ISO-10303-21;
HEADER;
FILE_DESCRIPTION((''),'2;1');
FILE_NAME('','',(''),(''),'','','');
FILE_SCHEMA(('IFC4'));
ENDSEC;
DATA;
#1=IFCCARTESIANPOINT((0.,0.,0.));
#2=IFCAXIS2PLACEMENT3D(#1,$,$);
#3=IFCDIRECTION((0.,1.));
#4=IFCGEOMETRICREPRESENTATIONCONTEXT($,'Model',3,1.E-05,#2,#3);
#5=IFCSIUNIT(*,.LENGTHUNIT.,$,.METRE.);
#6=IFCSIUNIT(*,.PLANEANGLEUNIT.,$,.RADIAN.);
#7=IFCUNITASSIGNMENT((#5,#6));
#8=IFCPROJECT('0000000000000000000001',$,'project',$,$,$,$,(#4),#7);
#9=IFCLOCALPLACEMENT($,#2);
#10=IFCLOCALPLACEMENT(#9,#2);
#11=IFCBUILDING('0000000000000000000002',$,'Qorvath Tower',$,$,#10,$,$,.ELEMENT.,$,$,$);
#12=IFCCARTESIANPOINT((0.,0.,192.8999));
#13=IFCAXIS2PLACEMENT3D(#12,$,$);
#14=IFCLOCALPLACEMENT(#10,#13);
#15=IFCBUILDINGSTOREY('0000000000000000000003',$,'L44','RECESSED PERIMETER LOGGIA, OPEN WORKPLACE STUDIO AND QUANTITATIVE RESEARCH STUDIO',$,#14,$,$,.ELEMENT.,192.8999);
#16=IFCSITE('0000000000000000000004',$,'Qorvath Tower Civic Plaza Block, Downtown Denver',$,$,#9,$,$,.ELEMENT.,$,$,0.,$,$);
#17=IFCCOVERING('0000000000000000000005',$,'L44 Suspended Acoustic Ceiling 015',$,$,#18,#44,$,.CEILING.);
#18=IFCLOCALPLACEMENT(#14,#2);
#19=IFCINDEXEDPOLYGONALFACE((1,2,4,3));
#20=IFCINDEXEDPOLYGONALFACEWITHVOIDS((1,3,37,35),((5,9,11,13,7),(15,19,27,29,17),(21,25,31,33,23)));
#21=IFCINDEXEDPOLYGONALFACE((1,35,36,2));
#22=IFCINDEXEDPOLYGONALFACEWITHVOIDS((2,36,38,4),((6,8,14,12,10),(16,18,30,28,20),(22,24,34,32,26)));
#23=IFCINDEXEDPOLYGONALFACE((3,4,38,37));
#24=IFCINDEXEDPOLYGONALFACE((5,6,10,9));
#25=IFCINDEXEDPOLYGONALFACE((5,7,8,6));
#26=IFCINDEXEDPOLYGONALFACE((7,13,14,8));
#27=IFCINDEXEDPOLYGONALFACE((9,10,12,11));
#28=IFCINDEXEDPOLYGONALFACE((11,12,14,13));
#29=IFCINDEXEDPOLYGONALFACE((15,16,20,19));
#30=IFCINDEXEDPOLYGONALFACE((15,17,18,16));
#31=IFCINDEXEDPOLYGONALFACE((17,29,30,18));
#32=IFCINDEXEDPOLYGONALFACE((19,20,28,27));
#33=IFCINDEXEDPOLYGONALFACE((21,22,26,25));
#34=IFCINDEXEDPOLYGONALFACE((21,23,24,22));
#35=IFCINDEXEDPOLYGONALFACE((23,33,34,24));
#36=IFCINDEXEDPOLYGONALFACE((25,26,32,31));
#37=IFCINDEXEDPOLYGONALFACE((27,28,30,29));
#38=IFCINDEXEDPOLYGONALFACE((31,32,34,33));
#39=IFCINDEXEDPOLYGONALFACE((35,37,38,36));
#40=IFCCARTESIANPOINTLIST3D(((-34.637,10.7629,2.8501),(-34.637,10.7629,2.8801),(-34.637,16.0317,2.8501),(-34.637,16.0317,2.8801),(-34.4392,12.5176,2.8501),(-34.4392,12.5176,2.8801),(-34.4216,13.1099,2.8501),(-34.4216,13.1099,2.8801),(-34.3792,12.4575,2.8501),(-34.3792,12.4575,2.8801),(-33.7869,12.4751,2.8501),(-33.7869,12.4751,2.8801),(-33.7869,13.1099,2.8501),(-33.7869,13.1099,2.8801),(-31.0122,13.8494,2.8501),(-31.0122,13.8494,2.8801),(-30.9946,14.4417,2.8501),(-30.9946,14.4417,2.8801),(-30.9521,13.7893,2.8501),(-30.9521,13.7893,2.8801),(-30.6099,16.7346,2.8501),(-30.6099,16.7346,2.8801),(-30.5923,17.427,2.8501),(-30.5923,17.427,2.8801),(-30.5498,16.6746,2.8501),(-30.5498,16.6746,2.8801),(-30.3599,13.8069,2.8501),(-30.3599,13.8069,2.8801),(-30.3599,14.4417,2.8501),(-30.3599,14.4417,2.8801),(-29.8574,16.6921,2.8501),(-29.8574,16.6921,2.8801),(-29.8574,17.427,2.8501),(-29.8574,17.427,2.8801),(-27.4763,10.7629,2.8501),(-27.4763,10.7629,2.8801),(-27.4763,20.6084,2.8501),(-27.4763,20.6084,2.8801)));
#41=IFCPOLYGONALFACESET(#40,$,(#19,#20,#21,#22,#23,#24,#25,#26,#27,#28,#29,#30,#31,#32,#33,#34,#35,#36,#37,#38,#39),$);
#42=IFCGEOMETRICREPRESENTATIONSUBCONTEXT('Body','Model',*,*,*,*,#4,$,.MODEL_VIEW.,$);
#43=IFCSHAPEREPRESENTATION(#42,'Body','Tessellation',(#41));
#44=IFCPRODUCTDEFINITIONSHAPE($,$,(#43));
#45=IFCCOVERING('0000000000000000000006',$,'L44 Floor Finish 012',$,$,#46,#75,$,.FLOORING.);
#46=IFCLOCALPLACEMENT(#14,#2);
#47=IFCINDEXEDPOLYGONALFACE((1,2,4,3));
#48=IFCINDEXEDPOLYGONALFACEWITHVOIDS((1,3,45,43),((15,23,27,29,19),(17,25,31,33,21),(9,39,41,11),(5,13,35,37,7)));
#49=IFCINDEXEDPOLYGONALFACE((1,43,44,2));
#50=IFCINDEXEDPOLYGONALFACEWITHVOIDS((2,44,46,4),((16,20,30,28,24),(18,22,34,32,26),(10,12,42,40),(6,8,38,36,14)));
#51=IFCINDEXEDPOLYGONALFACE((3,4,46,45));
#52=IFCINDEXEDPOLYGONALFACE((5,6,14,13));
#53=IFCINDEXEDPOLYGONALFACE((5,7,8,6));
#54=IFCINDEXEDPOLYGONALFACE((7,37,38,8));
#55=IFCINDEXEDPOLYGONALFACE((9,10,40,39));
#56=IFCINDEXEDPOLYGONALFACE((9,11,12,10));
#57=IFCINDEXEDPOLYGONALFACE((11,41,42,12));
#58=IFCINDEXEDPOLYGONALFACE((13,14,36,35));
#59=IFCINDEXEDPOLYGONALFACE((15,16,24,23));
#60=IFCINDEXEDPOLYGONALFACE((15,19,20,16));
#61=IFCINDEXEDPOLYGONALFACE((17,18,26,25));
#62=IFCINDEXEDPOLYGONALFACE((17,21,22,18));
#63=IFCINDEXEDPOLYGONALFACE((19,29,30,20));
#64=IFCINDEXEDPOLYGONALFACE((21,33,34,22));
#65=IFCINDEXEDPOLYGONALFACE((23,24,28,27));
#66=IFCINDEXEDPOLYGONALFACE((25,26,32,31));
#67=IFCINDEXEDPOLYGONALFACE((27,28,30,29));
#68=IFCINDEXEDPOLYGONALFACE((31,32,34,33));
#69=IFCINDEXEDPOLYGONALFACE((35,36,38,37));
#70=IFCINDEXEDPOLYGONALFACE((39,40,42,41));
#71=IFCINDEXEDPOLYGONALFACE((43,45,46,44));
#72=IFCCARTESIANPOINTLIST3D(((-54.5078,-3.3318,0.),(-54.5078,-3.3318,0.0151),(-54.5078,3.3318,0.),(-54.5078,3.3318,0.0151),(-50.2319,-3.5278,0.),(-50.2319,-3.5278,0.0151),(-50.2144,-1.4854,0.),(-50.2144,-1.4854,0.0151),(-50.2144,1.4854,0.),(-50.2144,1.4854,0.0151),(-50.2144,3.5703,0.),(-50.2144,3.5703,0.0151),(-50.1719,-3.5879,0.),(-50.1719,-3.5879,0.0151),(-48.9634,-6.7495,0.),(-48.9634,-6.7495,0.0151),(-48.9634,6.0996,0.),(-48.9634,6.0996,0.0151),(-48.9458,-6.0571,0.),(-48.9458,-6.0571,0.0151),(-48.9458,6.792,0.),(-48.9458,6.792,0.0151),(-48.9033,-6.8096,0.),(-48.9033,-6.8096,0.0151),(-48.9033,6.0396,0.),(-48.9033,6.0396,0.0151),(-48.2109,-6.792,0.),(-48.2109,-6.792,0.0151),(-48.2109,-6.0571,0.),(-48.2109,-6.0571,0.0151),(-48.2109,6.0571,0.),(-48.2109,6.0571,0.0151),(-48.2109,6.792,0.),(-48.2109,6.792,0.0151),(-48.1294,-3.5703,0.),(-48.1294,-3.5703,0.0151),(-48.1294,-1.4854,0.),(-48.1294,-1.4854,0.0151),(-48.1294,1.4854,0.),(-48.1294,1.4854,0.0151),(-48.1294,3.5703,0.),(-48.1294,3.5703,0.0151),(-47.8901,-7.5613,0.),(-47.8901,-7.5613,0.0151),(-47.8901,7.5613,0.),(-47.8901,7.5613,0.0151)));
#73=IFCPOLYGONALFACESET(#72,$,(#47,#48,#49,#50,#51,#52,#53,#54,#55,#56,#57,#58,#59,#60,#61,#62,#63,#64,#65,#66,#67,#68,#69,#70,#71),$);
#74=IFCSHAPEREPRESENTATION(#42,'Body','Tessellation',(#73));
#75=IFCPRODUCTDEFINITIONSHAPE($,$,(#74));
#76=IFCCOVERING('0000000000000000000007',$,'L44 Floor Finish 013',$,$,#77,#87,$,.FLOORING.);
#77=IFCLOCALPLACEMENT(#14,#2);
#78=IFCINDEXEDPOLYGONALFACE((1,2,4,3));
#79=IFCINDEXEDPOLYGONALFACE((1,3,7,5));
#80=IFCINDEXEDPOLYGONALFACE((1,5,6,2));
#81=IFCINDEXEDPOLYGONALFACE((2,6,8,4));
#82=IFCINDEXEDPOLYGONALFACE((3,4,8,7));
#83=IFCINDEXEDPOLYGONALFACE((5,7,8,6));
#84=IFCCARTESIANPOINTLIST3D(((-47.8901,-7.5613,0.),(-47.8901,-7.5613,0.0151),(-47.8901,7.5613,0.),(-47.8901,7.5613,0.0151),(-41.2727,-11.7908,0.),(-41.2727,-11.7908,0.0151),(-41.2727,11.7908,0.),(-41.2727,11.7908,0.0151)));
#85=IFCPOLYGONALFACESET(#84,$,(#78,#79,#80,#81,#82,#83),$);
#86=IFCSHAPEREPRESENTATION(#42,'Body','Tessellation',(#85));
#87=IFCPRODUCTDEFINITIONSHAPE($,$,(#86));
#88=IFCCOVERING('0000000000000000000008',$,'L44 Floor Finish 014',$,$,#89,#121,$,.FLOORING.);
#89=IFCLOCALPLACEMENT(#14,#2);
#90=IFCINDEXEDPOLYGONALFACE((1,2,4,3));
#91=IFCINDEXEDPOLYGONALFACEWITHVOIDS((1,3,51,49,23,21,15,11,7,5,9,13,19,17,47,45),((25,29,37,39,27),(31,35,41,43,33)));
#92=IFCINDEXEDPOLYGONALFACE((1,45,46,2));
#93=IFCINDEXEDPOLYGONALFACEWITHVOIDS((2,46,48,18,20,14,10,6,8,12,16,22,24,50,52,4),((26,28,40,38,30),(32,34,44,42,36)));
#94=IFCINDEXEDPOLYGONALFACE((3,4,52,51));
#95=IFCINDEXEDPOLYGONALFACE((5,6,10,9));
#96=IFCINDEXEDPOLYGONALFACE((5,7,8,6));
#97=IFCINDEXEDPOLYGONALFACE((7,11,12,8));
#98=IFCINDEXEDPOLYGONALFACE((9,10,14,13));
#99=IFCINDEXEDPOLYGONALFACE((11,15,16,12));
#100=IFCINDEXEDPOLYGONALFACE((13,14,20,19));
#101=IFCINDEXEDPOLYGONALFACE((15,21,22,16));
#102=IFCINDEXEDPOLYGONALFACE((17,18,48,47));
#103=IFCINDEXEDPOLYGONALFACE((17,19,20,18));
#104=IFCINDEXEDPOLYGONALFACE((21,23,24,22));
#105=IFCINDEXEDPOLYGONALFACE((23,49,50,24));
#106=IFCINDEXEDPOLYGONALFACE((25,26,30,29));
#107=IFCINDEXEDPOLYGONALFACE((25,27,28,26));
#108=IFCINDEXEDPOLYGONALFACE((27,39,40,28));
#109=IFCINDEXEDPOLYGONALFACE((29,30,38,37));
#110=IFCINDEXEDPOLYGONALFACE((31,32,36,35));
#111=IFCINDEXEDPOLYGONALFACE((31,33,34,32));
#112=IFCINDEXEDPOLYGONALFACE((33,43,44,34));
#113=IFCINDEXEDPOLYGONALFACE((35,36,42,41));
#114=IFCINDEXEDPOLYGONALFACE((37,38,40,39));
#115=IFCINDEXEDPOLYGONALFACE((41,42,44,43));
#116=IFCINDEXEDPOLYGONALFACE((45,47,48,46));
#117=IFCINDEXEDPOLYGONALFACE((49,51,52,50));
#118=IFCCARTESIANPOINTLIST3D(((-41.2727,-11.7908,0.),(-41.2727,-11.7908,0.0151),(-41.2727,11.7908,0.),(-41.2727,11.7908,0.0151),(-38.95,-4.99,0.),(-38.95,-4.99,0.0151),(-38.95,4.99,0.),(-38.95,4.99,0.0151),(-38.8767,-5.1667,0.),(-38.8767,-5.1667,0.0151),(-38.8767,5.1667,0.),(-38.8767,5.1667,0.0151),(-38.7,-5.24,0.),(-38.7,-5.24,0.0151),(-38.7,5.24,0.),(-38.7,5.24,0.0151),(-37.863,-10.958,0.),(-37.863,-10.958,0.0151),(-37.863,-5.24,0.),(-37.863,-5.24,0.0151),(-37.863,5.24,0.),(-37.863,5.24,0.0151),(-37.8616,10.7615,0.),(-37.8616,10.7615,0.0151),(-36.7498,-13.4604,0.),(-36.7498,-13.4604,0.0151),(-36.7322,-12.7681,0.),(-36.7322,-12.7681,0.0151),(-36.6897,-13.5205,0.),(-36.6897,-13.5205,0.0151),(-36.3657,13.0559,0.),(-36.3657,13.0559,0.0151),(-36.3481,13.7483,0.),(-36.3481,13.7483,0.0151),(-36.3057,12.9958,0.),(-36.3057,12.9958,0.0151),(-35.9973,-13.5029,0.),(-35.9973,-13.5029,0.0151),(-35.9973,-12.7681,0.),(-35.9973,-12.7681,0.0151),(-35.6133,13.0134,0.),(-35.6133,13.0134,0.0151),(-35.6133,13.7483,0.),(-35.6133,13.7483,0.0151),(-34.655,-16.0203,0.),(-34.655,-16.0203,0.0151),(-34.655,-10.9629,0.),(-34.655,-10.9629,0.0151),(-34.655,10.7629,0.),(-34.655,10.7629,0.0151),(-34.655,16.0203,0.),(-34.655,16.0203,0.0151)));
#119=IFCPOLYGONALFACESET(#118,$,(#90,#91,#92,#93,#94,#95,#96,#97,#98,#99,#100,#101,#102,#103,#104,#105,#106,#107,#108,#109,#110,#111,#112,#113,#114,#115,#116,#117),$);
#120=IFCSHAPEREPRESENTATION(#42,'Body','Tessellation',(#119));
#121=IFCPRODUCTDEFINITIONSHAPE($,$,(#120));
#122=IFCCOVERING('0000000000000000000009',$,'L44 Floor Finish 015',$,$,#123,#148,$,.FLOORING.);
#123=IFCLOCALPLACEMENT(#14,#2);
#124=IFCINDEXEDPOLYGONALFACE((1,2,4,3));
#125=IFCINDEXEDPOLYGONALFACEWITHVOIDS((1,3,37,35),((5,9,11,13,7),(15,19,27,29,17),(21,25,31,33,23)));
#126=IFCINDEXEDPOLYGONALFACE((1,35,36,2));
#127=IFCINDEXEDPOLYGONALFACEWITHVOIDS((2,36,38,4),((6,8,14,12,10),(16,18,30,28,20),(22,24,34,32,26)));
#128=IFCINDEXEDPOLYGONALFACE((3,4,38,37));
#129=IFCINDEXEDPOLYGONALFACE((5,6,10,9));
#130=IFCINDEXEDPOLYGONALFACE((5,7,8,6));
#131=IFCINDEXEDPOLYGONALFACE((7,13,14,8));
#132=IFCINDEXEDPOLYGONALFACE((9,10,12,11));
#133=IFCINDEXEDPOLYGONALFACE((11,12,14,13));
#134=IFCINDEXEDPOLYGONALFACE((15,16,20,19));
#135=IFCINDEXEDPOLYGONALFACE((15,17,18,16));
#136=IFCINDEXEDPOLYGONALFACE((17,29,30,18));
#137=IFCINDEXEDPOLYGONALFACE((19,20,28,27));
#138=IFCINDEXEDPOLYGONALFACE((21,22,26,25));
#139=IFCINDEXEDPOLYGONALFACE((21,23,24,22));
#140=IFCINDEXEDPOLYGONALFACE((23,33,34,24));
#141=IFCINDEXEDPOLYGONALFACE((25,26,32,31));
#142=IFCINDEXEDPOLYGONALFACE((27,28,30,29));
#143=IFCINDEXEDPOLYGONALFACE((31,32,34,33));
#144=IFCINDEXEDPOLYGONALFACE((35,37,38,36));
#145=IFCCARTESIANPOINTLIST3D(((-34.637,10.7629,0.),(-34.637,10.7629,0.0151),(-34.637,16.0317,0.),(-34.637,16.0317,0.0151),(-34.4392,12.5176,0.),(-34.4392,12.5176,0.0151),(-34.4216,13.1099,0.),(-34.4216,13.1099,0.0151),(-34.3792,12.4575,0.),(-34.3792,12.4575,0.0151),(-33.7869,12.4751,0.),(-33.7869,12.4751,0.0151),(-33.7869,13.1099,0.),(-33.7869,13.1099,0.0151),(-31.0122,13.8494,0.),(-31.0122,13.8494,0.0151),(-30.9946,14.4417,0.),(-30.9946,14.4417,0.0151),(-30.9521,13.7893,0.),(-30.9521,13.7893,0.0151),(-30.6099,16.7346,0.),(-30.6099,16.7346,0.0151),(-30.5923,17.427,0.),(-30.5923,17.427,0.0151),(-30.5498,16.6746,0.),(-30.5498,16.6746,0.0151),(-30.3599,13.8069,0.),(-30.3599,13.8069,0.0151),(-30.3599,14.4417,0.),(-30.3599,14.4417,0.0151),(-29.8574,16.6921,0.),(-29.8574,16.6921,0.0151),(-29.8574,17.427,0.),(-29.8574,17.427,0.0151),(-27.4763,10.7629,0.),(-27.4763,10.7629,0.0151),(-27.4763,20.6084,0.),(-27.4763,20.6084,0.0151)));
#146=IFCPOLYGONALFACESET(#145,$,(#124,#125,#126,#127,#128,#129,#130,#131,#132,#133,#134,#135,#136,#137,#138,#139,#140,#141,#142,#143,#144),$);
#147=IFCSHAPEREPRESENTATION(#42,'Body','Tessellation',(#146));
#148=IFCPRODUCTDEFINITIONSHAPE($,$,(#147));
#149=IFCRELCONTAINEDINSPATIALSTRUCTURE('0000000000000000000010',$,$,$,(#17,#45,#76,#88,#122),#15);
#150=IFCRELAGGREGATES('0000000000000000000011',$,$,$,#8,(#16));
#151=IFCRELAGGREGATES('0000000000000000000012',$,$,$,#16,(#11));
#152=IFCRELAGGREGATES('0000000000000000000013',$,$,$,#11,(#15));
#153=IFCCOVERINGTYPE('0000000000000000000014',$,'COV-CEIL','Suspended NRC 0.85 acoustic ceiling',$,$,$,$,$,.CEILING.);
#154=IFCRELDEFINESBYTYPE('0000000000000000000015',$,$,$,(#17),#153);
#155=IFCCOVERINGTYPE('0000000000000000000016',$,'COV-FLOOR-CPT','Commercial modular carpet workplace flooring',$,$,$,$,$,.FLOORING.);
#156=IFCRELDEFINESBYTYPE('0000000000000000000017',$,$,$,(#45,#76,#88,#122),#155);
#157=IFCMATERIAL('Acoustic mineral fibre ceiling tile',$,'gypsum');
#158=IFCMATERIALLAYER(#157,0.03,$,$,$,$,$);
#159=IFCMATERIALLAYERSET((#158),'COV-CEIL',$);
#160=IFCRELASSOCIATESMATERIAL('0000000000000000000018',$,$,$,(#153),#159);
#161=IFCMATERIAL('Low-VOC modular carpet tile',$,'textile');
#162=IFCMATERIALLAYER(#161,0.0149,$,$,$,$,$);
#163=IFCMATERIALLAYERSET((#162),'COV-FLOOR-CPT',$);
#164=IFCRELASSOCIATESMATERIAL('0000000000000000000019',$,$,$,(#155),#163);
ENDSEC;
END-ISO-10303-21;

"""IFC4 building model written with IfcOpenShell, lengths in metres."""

from ifc_helpers import new_model, si_unit, direction, frame, origin, place, context, subcontext, project, spatial, polyline, outline, extrude, material, layer, layer_set, type_object, element, save


model = new_model("IFC4")

# Units and contexts
model_context = context("Model", 3, precision=1e-05, world=origin(), true_north=direction((0.0, 1.0)))
body_context = subcontext(model_context, "Body", "Model", "MODEL_VIEW")
ifc_project = project(units=[si_unit("LENGTHUNIT", "METRE"), si_unit("PLANEANGLEUNIT", "RADIAN")], contexts=[model_context])

# Site, building, storey
site_placement = place(None, origin())
site = spatial("IfcSite", under=ifc_project, at=site_placement, Name="Qorvath Tower Civic Plaza Block, Downtown Denver", CompositionType="ELEMENT", RefElevation=0.0)
building_placement = place(site_placement, origin())
building = spatial("IfcBuilding", under=site, at=building_placement, Name="Qorvath Tower", CompositionType="ELEMENT")
storey_placement = place(building_placement, frame((0.0, 0.0, 192.8999)))
storey = spatial("IfcBuildingStorey", under=building, at=storey_placement, Name="L44", Description="RECESSED PERIMETER LOGGIA, OPEN WORKPLACE STUDIO AND QUANTITATIVE RESEARCH STUDIO", CompositionType="ELEMENT", Elevation=192.8999)

# Coverings
ifc_material_1 = material(Name="Acoustic mineral fibre ceiling tile", Category="gypsum")
ifc_layer_1 = layer(ifc_material_1, 0.03)
ifc_layer_set_1 = layer_set([ifc_layer_1], Name="COV-CEIL")
covering_type_1 = type_object("IfcCoveringType", Name="COV-CEIL", Description="Suspended NRC 0.85 acoustic ceiling", PredefinedType="CEILING", material=ifc_layer_set_1)
covering_1_placement = place(storey_placement, frame((0.0, 0.0, 2.8501)))
element("IfcCovering", 1, at=covering_1_placement, inside=storey, type_object=covering_type_1, Name="L44 Suspended Acoustic Ceiling 015", PredefinedType="CEILING", context=body_context, shape_type="SweptSolid", body=[
    extrude(outline(polyline([(-27.4763, 10.7629), (-27.4763, 20.6084), (-34.637, 16.0317), (-34.637, 10.7629), (-27.4763, 10.7629)]), holes=[polyline([(-30.6099, 16.7346), (-30.5923, 17.427), (-29.8574, 17.427), (-29.8574, 16.6921), (-30.5498, 16.6746), (-30.6099, 16.7346)]), polyline([(-31.0122, 13.8494), (-30.9946, 14.4417), (-30.3599, 14.4417), (-30.3599, 13.8069), (-30.9521, 13.7893), (-31.0122, 13.8494)]), polyline([(-34.4392, 12.5176), (-34.4216, 13.1099), (-33.7869, 13.1099), (-33.7869, 12.4751), (-34.3792, 12.4575), (-34.4392, 12.5176)])]), origin(), (0.0, 0.0, 1.0), 0.03),
])
ifc_material_2 = material(Name="Low-VOC modular carpet tile", Category="textile")
ifc_layer_2 = layer(ifc_material_2, 0.0149)
ifc_layer_set_2 = layer_set([ifc_layer_2], Name="COV-FLOOR-CPT")
covering_type_2 = type_object("IfcCoveringType", Name="COV-FLOOR-CPT", Description="Commercial modular carpet workplace flooring", PredefinedType="FLOORING", material=ifc_layer_set_2)
covering_2_placement = place(storey_placement, origin())
element("IfcCovering", 2, at=covering_2_placement, inside=storey, type_object=covering_type_2, Name="L44 Floor Finish 012", PredefinedType="FLOORING", context=body_context, shape_type="SweptSolid", body=[
    extrude(outline(polyline([(-47.8901, -7.5613), (-47.8901, 7.5613), (-54.5078, 3.3318), (-54.5078, -3.3318), (-47.8901, -7.5613)]), holes=[polyline([(-50.2319, -3.5278), (-50.2144, -1.4854), (-48.1294, -1.4854), (-48.1294, -3.5703), (-50.1719, -3.5879), (-50.2319, -3.5278)]), polyline([(-50.2144, 1.4854), (-50.2144, 3.5703), (-48.1294, 3.5703), (-48.1294, 1.4854), (-50.2144, 1.4854)]), polyline([(-48.9634, -6.7495), (-48.9458, -6.0571), (-48.2109, -6.0571), (-48.2109, -6.792), (-48.9033, -6.8096), (-48.9634, -6.7495)]), polyline([(-48.9634, 6.0996), (-48.9458, 6.792), (-48.2109, 6.792), (-48.2109, 6.0571), (-48.9033, 6.0396), (-48.9634, 6.0996)])]), origin(), (0.0, 0.0, 1.0), 0.0151),
])
covering_3_placement = place(storey_placement, origin())
element("IfcCovering", 3, at=covering_3_placement, inside=storey, type_object=covering_type_2, Name="L44 Floor Finish 013", PredefinedType="FLOORING", context=body_context, shape_type="SweptSolid", body=[
    extrude(outline(polyline([(-41.2727, -11.7908), (-41.2727, 11.7908), (-47.8901, 7.5613), (-47.8901, -7.5613), (-41.2727, -11.7908)])), origin(), (0.0, 0.0, 1.0), 0.0151),
])
covering_4_placement = place(storey_placement, origin())
element("IfcCovering", 4, at=covering_4_placement, inside=storey, type_object=covering_type_2, Name="L44 Floor Finish 014", PredefinedType="FLOORING", context=body_context, shape_type="SweptSolid", body=[
    extrude(outline(polyline([(-34.655, 10.7629), (-34.655, 16.0203), (-41.2727, 11.7908), (-41.2727, -11.7908), (-34.655, -16.0203), (-34.655, -10.9629), (-37.863, -10.958), (-37.863, -5.24), (-38.7, -5.24), (-38.8767, -5.1667), (-38.95, -4.99), (-38.95, 4.99), (-38.8767, 5.1667), (-38.7, 5.24), (-37.863, 5.24), (-37.8616, 10.7615), (-34.655, 10.7629)]), holes=[polyline([(-36.3657, 13.0559), (-36.3481, 13.7483), (-35.6133, 13.7483), (-35.6133, 13.0134), (-36.3057, 12.9958), (-36.3657, 13.0559)]), polyline([(-36.7498, -13.4604), (-36.7322, -12.7681), (-35.9973, -12.7681), (-35.9973, -13.5029), (-36.6897, -13.5205), (-36.7498, -13.4604)])]), origin(), (0.0, 0.0, 1.0), 0.0151),
])
covering_5_placement = place(storey_placement, origin())
element("IfcCovering", 5, at=covering_5_placement, inside=storey, type_object=covering_type_2, Name="L44 Floor Finish 015", PredefinedType="FLOORING", context=body_context, shape_type="SweptSolid", body=[
    extrude(outline(polyline([(-27.4763, 10.7629), (-27.4763, 20.6084), (-34.637, 16.0317), (-34.637, 10.7629), (-27.4763, 10.7629)]), holes=[polyline([(-30.6099, 16.7346), (-30.5923, 17.427), (-29.8574, 17.427), (-29.8574, 16.6921), (-30.5498, 16.6746), (-30.6099, 16.7346)]), polyline([(-31.0122, 13.8494), (-30.9946, 14.4417), (-30.3599, 14.4417), (-30.3599, 13.8069), (-30.9521, 13.7893), (-31.0122, 13.8494)]), polyline([(-34.4392, 12.5176), (-34.4216, 13.1099), (-33.7869, 13.1099), (-33.7869, 12.4751), (-34.3792, 12.4575), (-34.4392, 12.5176)])]), origin(), (0.0, 0.0, 1.0), 0.0151),
])

save(model, "model.ifc")
